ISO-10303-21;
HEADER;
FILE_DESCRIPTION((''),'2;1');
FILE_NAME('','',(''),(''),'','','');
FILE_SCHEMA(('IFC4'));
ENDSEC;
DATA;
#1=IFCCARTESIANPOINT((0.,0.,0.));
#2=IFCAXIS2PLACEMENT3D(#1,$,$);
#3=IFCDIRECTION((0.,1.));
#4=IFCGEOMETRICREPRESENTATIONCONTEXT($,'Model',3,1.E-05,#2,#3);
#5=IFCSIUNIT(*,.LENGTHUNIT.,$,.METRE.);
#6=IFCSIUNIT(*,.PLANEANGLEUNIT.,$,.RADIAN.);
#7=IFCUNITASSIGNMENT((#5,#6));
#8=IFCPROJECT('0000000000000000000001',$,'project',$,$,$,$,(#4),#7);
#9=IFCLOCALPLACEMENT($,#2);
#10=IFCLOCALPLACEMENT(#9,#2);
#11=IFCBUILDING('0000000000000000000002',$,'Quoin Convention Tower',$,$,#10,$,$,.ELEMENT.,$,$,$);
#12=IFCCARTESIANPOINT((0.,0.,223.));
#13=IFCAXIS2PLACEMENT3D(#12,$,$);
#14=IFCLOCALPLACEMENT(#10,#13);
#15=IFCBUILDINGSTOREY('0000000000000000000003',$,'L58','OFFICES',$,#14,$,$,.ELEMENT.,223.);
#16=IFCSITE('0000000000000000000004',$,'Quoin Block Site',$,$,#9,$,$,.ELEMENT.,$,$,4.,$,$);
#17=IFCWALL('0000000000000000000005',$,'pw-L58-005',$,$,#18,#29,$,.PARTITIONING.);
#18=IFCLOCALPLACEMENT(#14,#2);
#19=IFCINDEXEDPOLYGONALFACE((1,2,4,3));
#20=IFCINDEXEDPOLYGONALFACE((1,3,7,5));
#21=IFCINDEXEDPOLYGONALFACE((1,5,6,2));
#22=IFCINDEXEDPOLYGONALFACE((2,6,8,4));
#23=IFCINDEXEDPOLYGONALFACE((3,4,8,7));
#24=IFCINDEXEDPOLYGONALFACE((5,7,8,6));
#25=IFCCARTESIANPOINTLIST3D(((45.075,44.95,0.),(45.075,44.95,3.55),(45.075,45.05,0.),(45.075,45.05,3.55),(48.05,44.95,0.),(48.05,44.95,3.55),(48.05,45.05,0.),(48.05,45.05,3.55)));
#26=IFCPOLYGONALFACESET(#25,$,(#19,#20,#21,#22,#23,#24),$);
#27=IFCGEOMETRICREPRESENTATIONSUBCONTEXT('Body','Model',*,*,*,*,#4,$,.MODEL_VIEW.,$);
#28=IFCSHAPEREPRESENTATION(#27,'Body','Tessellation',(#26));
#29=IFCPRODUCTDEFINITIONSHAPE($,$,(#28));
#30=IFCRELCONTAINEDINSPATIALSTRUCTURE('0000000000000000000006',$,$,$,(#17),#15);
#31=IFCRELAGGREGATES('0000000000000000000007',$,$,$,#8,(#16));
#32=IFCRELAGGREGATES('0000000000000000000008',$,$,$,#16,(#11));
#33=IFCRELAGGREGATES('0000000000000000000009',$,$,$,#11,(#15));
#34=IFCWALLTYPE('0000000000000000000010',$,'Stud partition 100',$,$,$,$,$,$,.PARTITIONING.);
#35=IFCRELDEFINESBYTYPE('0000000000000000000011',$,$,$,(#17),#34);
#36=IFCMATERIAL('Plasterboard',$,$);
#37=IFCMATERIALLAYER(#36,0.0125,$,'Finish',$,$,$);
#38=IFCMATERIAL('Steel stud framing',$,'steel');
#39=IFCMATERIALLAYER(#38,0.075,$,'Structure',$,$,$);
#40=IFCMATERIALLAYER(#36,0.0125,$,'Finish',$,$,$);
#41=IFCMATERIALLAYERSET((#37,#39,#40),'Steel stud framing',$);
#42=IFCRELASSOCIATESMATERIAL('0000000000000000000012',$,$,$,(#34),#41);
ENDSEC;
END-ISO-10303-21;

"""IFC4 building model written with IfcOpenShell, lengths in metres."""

from ifc_helpers import new_model, si_unit, direction, frame, frame_2d, origin, place, context, subcontext, project, spatial, rectangle, extrude, material, layer, layer_set, type_object, element, save


model = new_model("IFC4")

# Units and contexts
model_context = context("Model", 3, precision=1e-05, world=origin(), true_north=direction((0.0, 1.0)))
body_context = subcontext(model_context, "Body", "Model", "MODEL_VIEW")
ifc_project = project(units=[si_unit("LENGTHUNIT", "METRE"), si_unit("PLANEANGLEUNIT", "RADIAN")], contexts=[model_context])

# Site, building, storey
site_placement = place(None, origin())
site = spatial("IfcSite", under=ifc_project, at=site_placement, Name="Quoin Block Site", CompositionType="ELEMENT", RefElevation=4.0)
building_placement = place(site_placement, origin())
building = spatial("IfcBuilding", under=site, at=building_placement, Name="Quoin Convention Tower", CompositionType="ELEMENT")
storey_placement = place(building_placement, frame((0.0, 0.0, 223.0)))
storey = spatial("IfcBuildingStorey", under=building, at=storey_placement, Name="L58", Description="OFFICES", CompositionType="ELEMENT", Elevation=223.0)

# Shared definitions
ifc_material_1 = material(Name="Plasterboard")
ifc_material_2 = material(Name="Steel stud framing", Category="steel")

# Wall
ifc_layer_1 = layer(ifc_material_1, 0.0125, Name="Finish")
ifc_layer_2 = layer(ifc_material_2, 0.075, Name="Structure")
ifc_layer_3 = layer(ifc_material_1, 0.0125, Name="Finish")
ifc_layer_set_1 = layer_set([ifc_layer_1, ifc_layer_2, ifc_layer_3], Name="Steel stud framing")
wall_type_1 = type_object("IfcWallType", Name="Stud partition 100", PredefinedType="PARTITIONING", material=ifc_layer_set_1)
wall_1_placement = place(storey_placement, frame((45.075, 45.0, 0.0), z_axis=(0.0, 0.0, 1.0), x_axis=(1.0, 0.0, 0.0)))
element("IfcWall", 1, at=wall_1_placement, inside=storey, type_object=wall_type_1, Name="pw-L58-005", PredefinedType="PARTITIONING", context=body_context, shape_type="SweptSolid", body=[
    extrude(rectangle(XDim=2.9751, YDim=0.1001, at=frame_2d((1.4875, 0.0))), origin(), (0.0, 0.0, 1.0), 3.55),
])

save(model, "model.ifc")
